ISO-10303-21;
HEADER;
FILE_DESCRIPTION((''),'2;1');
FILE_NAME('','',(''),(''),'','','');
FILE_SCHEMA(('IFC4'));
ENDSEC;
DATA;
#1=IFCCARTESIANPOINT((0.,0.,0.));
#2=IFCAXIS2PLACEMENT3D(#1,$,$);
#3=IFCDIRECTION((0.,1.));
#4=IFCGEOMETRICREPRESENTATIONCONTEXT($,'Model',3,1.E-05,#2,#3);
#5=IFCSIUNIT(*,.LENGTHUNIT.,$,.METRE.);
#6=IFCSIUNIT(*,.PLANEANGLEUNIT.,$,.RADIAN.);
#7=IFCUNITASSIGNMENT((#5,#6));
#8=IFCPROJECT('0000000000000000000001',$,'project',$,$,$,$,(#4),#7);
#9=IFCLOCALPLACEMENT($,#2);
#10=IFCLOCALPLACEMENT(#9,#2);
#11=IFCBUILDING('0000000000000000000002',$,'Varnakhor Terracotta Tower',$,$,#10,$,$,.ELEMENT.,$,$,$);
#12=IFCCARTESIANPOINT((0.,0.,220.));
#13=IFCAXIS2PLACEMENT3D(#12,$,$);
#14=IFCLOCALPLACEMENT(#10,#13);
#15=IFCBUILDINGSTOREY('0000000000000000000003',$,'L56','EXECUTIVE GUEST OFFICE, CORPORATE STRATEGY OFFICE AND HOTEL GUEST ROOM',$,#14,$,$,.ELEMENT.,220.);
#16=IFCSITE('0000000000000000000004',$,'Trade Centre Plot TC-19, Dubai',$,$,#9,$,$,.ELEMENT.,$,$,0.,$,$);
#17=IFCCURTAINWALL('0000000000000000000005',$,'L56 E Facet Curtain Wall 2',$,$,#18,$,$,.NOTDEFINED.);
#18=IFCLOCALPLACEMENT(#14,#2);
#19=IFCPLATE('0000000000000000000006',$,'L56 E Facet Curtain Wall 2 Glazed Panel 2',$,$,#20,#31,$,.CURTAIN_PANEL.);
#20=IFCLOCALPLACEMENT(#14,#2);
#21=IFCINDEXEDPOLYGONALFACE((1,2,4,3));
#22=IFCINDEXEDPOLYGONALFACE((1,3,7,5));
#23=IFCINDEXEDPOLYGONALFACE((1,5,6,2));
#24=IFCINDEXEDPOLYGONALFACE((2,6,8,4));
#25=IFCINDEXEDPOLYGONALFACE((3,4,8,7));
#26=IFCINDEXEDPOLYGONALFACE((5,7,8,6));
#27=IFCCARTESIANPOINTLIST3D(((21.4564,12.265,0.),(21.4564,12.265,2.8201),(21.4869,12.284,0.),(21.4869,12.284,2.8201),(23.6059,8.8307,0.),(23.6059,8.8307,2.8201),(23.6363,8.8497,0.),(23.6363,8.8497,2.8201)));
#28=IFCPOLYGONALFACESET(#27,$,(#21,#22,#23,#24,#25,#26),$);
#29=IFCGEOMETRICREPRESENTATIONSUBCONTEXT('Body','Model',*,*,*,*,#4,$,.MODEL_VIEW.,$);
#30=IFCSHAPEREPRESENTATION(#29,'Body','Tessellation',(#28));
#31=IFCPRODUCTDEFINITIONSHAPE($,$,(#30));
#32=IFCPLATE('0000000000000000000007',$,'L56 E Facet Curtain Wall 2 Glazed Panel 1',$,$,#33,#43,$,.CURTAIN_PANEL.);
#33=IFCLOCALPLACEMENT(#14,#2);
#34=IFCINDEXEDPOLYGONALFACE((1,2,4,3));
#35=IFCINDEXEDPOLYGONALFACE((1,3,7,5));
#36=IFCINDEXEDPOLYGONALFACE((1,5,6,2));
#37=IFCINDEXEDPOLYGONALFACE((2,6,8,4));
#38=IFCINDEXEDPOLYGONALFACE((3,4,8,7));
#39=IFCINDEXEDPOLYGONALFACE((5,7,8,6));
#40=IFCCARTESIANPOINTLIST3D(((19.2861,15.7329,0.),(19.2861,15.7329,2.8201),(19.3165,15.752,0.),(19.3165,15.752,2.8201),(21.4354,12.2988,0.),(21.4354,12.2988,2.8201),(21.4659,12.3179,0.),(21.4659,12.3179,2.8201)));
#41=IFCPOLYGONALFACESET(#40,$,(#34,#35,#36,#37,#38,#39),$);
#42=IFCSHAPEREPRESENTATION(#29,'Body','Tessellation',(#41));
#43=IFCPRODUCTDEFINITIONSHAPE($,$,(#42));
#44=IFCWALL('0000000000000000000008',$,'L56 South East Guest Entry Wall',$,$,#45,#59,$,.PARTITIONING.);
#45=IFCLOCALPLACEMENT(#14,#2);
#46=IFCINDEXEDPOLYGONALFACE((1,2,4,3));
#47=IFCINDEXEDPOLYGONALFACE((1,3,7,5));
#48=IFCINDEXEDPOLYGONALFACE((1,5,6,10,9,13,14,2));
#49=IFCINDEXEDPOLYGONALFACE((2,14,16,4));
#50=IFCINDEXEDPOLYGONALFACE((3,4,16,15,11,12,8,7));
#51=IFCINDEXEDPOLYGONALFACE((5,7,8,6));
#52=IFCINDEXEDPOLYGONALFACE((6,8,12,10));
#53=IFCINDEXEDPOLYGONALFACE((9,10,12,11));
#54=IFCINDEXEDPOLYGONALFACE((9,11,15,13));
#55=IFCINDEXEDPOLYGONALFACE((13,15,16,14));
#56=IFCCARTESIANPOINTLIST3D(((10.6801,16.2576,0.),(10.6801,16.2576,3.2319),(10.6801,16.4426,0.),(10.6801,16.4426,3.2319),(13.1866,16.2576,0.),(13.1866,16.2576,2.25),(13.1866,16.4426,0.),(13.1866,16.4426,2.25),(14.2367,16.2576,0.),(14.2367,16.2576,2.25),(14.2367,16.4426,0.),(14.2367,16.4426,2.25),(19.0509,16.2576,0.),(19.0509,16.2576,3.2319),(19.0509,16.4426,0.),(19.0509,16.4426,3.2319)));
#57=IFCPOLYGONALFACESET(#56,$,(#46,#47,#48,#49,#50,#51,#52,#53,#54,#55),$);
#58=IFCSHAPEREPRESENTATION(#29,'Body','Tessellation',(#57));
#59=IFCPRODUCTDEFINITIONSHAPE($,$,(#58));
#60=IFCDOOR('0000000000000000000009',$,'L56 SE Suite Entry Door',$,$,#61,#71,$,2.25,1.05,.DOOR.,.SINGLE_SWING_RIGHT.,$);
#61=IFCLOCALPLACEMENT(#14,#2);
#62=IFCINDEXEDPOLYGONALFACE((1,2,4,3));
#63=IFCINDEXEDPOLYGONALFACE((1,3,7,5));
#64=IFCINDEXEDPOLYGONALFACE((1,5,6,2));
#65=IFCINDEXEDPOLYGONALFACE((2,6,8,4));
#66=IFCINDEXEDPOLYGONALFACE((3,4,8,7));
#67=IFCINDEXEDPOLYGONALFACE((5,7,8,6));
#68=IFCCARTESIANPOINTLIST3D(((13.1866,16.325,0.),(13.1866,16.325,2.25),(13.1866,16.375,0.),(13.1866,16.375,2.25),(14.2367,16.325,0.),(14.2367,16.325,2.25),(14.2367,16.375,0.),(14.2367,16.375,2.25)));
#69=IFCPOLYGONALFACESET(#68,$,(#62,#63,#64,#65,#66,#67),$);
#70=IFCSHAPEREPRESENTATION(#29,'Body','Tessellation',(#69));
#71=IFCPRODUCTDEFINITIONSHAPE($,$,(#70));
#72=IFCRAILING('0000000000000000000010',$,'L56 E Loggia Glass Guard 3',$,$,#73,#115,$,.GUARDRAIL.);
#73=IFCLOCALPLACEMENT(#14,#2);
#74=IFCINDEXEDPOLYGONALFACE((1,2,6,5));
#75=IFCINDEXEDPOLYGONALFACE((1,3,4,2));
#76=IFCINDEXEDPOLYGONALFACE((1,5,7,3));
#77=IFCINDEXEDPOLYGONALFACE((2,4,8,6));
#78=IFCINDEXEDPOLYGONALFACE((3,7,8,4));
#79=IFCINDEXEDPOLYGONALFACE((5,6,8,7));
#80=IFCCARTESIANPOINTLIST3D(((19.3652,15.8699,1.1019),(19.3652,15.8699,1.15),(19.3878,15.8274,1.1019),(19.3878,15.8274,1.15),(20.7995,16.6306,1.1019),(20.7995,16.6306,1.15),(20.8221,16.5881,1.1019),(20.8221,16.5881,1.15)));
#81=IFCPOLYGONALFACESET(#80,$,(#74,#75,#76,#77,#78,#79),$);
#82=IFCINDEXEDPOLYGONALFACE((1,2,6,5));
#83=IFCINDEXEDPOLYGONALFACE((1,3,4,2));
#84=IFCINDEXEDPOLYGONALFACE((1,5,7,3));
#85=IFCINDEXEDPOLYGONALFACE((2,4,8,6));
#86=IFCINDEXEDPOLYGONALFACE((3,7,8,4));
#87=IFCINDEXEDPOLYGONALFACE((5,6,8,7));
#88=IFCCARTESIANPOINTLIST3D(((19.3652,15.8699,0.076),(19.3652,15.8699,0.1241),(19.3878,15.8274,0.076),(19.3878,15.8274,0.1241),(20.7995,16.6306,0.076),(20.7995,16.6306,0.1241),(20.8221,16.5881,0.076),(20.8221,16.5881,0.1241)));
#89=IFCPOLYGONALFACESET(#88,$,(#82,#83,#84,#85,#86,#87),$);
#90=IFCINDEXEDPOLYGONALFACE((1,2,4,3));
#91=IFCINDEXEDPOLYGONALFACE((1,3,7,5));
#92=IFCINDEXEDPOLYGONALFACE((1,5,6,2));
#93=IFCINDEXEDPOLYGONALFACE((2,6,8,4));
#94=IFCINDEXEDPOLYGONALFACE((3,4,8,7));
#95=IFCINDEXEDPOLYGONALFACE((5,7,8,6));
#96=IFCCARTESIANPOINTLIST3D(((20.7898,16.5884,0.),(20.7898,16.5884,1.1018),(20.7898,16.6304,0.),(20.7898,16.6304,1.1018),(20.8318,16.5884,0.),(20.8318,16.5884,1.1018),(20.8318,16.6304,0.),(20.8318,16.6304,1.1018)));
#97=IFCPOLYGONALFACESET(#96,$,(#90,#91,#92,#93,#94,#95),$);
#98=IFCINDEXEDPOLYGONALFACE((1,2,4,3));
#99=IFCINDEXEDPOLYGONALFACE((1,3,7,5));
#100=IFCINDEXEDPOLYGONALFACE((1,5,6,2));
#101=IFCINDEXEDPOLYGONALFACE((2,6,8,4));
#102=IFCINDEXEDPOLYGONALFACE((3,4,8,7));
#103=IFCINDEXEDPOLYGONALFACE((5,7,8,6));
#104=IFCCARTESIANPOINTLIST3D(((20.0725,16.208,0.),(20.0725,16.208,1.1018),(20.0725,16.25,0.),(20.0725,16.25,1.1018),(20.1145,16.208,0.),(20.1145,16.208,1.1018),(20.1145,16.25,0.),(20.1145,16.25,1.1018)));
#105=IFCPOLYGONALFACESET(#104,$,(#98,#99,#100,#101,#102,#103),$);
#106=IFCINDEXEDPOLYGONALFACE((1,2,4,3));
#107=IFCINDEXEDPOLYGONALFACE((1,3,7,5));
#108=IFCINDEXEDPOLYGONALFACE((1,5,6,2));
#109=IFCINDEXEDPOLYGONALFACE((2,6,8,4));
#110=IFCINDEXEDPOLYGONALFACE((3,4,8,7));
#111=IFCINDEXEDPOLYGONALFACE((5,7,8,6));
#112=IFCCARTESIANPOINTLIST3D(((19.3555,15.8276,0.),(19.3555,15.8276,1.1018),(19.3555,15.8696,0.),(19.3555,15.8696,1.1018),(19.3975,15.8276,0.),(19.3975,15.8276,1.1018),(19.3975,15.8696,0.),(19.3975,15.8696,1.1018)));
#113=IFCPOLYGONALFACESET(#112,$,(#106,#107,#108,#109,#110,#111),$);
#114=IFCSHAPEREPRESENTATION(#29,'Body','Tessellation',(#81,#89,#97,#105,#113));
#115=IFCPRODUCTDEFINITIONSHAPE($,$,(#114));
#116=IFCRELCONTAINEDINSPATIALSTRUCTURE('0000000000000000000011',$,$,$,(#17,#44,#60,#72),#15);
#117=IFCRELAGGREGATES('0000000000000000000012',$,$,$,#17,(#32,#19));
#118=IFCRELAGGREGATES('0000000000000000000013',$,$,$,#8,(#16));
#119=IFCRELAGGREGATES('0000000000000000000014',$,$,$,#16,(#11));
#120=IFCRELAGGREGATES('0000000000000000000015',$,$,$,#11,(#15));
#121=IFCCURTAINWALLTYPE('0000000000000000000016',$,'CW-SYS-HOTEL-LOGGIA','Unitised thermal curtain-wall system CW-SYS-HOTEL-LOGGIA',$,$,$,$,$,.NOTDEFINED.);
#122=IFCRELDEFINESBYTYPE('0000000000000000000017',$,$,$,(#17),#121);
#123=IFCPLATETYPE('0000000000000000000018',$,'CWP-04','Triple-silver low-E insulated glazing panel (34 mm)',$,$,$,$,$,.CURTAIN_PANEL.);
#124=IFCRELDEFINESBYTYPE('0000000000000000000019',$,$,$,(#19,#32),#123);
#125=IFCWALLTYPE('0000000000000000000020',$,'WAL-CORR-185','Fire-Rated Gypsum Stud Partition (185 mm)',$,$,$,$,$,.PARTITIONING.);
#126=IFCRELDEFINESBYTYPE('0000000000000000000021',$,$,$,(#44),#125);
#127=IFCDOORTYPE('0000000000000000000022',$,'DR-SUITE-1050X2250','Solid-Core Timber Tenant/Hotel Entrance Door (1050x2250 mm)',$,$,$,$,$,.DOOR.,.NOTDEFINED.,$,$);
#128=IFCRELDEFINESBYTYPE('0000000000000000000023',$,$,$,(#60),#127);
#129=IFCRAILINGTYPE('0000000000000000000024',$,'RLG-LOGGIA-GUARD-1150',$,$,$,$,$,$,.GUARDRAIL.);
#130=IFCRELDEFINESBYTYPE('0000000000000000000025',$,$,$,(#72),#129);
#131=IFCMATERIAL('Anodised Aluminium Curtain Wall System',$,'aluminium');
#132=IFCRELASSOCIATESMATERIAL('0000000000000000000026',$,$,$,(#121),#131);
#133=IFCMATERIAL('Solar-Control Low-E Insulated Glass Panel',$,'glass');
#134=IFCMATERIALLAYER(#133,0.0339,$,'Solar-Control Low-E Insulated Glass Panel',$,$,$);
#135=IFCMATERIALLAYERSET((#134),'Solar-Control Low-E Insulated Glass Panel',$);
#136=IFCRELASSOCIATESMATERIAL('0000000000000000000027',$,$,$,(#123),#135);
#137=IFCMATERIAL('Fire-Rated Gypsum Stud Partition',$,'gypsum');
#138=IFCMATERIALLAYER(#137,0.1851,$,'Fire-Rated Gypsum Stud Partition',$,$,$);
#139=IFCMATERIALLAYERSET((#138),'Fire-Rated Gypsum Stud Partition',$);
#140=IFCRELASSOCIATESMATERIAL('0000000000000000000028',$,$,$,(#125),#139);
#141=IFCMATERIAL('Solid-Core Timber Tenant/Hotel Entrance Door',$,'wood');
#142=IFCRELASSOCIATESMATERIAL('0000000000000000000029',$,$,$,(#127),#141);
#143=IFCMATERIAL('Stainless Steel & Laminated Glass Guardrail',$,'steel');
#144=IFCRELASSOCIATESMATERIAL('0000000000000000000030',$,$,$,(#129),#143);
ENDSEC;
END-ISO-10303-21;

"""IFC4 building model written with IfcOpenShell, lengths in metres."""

from ifc_helpers import new_model, si_unit, direction, frame, frame_2d, origin, origin_2d, place, context, subcontext, project, spatial, rectangle, extrude, source, transform, mapped, material, layer, layer_set, type_object, type_shapes, element, fill, aggregate, save


model = new_model("IFC4")

# Units and contexts
model_context = context("Model", 3, precision=1e-05, world=origin(), true_north=direction((0.0, 1.0)))
body_context = subcontext(model_context, "Body", "Model", "MODEL_VIEW")
ifc_project = project(units=[si_unit("LENGTHUNIT", "METRE"), si_unit("PLANEANGLEUNIT", "RADIAN")], contexts=[model_context])

# Site, building, storey
site_placement = place(None, origin())
site = spatial("IfcSite", under=ifc_project, at=site_placement, Name="Trade Centre Plot TC-19, Dubai", CompositionType="ELEMENT", RefElevation=0.0)
building_placement = place(site_placement, origin())
building = spatial("IfcBuilding", under=site, at=building_placement, Name="Varnakhor Terracotta Tower", CompositionType="ELEMENT")
storey_placement = place(building_placement, frame((0.0, 0.0, 220.0)))
storey = spatial("IfcBuildingStorey", under=building, at=storey_placement, Name="L56", Description="EXECUTIVE GUEST OFFICE, CORPORATE STRATEGY OFFICE AND HOTEL GUEST ROOM", CompositionType="ELEMENT", Elevation=220.0)

# Curtain wall
ifc_material_1 = material(Name="Anodised Aluminium Curtain Wall System", Category="aluminium")
curtain_wall_type = type_object("IfcCurtainWallType", Name="CW-SYS-HOTEL-LOGGIA", Description="Unitised thermal curtain-wall system CW-SYS-HOTEL-LOGGIA", PredefinedType="NOTDEFINED", material=ifc_material_1)
curtain_wall_placement = place(storey_placement, origin())
curtain_wall = element("IfcCurtainWall", 1, at=curtain_wall_placement, inside=storey, type_object=curtain_wall_type, Name="L56 E Facet Curtain Wall 2", PredefinedType="NOTDEFINED")

# Plates
ifc_material_2 = material(Name="Solar-Control Low-E Insulated Glass Panel", Category="glass")
ifc_layer_1 = layer(ifc_material_2, 0.0339, Name="Solar-Control Low-E Insulated Glass Panel")
ifc_layer_set_1 = layer_set([ifc_layer_1], Name="Solar-Control Low-E Insulated Glass Panel")
plate_type = type_object("IfcPlateType", Name="CWP-04", Description="Triple-silver low-E insulated glazing panel (34 mm)", PredefinedType="CURTAIN_PANEL", material=ifc_layer_set_1)
shared_shape_1 = source(origin(), body_context, "Body", "SweptSolid", [
    extrude(rectangle(XDim=4.0515, YDim=0.0359, at=origin_2d()), origin(), (0.0, 0.0, 1.0), 2.8201),
])
plate_1_placement = place(storey_placement, frame((22.5464, 10.5574, 0.0), z_axis=(0.0, 0.0, 1.0), x_axis=(0.530541, -0.847659, 0.0)))
plate_1 = element("IfcPlate", 2, at=plate_1_placement, type_object=plate_type, Name="L56 E Facet Curtain Wall 2 Glazed Panel 2", PredefinedType="CURTAIN_PANEL", context=body_context, shape_type="MappedRepresentation", body=[
    mapped(shared_shape_1, transform((0.0, 0.0, 0.0), scale=1.0)),
])
shared_shape_2 = source(origin(), body_context, "Body", "SweptSolid", [
    extrude(rectangle(XDim=4.0513, YDim=0.0359, at=origin_2d()), origin(), (0.0, 0.0, 1.0), 2.8201),
])
plate_2_placement = place(storey_placement, frame((20.376, 14.0254, 0.0), z_axis=(0.0, 0.0, 1.0), x_axis=(0.530541, -0.847659, 0.0)))
plate_2 = element("IfcPlate", 3, at=plate_2_placement, type_object=plate_type, Name="L56 E Facet Curtain Wall 2 Glazed Panel 1", PredefinedType="CURTAIN_PANEL", context=body_context, shape_type="MappedRepresentation", body=[
    mapped(shared_shape_2, transform((0.0, 0.0, 0.0), scale=1.0)),
])
aggregate(curtain_wall, [plate_2, plate_1])

# Wall, opening, door
ifc_material_3 = material(Name="Fire-Rated Gypsum Stud Partition", Category="gypsum")
ifc_layer_2 = layer(ifc_material_3, 0.1851, Name="Fire-Rated Gypsum Stud Partition")
ifc_layer_set_2 = layer_set([ifc_layer_2], Name="Fire-Rated Gypsum Stud Partition")
wall_type_1 = type_object("IfcWallType", Name="WAL-CORR-185", Description="Fire-Rated Gypsum Stud Partition (185 mm)", PredefinedType="PARTITIONING", material=ifc_layer_set_2)
wall_1_placement = place(storey_placement, frame((10.6799, 16.3501, 0.0), z_axis=(0.0, 0.0, 1.0), x_axis=(1.0, 0.0, 0.0)))
wall_1 = element("IfcWall", 4, at=wall_1_placement, inside=storey, type_object=wall_type_1, Name="L56 South East Guest Entry Wall", PredefinedType="PARTITIONING", context=body_context, shape_type="SweptSolid", body=[
    extrude(rectangle(XDim=8.3708, YDim=0.1851, at=frame_2d((4.1855, 0.0))), origin(), (0.0, 0.0, 1.0), 3.2319),
])
opening_1_placement = place(wall_1_placement, frame((2.5068, 0.0, 0.0)))
opening_1 = element("IfcOpeningElement", 5, at=opening_1_placement, cuts=wall_1, PredefinedType="OPENING", context=body_context, shape_type="SweptSolid", body=[
    extrude(rectangle(XDim=1.05, YDim=2.25, at=frame_2d((0.5249, 1.125))), frame((0.0, 0.1025, 0.0), z_axis=(0.0, -1.0, 0.0), x_axis=(1.0, 0.0, 0.0)), (0.0, 0.0, 1.0), 0.2051),
])
ifc_material_4 = material(Name="Solid-Core Timber Tenant/Hotel Entrance Door", Category="wood")
door_type_1 = type_object("IfcDoorType", Name="DR-SUITE-1050X2250", Description="Solid-Core Timber Tenant/Hotel Entrance Door (1050x2250 mm)", OperationType="NOTDEFINED", PredefinedType="DOOR", material=ifc_material_4)
shared_shape_3 = source(origin(), body_context, "Body", "SweptSolid", [
    extrude(rectangle(XDim=1.05, YDim=2.25, at=frame_2d((0.5249, 1.125))), frame((0.0, 0.0249, 0.0), z_axis=(0.0, -1.0, 0.0), x_axis=(1.0, 0.0, 0.0)), (0.0, 0.0, 1.0), 0.05),
])
type_shapes(door_type_1, [shared_shape_3])
door_1_placement = place(opening_1_placement, origin())
door_1 = element("IfcDoor", 6, at=door_1_placement, inside=storey, type_object=door_type_1, Name="L56 SE Suite Entry Door", OperationType="SINGLE_SWING_RIGHT", OverallHeight=2.25, OverallWidth=1.05, PredefinedType="DOOR", context=body_context, shape_type="MappedRepresentation", body=[
    mapped(shared_shape_3, transform((0.0, 0.0, 0.0), scale=1.0)),
])
fill(opening_1, door_1)

# Railing
ifc_material_5 = material(Name="Stainless Steel & Laminated Glass Guardrail", Category="steel")
railing_type = type_object("IfcRailingType", Name="RLG-LOGGIA-GUARD-1150", PredefinedType="GUARDRAIL", material=ifc_material_5)
railing_placement = place(storey_placement, frame((20.8108, 16.6094, 0.0)))
element("IfcRailing", 7, at=railing_placement, inside=storey, type_object=railing_type, Name="L56 E Loggia Glass Guard 3", PredefinedType="GUARDRAIL", context=body_context, shape_type="SweptSolid", body=[
    extrude(rectangle(XDim=0.0481, YDim=0.0481, at=origin_2d()), frame((0.0, 0.0, 1.126), z_axis=(-0.883433, -0.468558, 0.0), x_axis=(0.468558, -0.883433, 0.0)), (0.0, 0.0, 1.0), 1.6235),
    extrude(rectangle(XDim=0.0481, YDim=0.0481, at=origin_2d()), frame((0.0, 0.0, 0.1001), z_axis=(-0.883433, -0.468558, 0.0), x_axis=(0.468558, -0.883433, 0.0)), (0.0, 0.0, 1.0), 1.6235),
    extrude(rectangle(XDim=0.042, YDim=0.042, at=origin_2d()), origin(), (0.0, 0.0, 1.0), 1.1018),
    extrude(rectangle(XDim=0.042, YDim=0.042, at=origin_2d()), frame((-0.7173, -0.3804, 0.0)), (0.0, 0.0, 1.0), 1.1018),
    extrude(rectangle(XDim=0.042, YDim=0.042, at=origin_2d()), frame((-1.4343, -0.7607, 0.0)), (0.0, 0.0, 1.0), 1.1018),
])

save(model, "model.ifc")
